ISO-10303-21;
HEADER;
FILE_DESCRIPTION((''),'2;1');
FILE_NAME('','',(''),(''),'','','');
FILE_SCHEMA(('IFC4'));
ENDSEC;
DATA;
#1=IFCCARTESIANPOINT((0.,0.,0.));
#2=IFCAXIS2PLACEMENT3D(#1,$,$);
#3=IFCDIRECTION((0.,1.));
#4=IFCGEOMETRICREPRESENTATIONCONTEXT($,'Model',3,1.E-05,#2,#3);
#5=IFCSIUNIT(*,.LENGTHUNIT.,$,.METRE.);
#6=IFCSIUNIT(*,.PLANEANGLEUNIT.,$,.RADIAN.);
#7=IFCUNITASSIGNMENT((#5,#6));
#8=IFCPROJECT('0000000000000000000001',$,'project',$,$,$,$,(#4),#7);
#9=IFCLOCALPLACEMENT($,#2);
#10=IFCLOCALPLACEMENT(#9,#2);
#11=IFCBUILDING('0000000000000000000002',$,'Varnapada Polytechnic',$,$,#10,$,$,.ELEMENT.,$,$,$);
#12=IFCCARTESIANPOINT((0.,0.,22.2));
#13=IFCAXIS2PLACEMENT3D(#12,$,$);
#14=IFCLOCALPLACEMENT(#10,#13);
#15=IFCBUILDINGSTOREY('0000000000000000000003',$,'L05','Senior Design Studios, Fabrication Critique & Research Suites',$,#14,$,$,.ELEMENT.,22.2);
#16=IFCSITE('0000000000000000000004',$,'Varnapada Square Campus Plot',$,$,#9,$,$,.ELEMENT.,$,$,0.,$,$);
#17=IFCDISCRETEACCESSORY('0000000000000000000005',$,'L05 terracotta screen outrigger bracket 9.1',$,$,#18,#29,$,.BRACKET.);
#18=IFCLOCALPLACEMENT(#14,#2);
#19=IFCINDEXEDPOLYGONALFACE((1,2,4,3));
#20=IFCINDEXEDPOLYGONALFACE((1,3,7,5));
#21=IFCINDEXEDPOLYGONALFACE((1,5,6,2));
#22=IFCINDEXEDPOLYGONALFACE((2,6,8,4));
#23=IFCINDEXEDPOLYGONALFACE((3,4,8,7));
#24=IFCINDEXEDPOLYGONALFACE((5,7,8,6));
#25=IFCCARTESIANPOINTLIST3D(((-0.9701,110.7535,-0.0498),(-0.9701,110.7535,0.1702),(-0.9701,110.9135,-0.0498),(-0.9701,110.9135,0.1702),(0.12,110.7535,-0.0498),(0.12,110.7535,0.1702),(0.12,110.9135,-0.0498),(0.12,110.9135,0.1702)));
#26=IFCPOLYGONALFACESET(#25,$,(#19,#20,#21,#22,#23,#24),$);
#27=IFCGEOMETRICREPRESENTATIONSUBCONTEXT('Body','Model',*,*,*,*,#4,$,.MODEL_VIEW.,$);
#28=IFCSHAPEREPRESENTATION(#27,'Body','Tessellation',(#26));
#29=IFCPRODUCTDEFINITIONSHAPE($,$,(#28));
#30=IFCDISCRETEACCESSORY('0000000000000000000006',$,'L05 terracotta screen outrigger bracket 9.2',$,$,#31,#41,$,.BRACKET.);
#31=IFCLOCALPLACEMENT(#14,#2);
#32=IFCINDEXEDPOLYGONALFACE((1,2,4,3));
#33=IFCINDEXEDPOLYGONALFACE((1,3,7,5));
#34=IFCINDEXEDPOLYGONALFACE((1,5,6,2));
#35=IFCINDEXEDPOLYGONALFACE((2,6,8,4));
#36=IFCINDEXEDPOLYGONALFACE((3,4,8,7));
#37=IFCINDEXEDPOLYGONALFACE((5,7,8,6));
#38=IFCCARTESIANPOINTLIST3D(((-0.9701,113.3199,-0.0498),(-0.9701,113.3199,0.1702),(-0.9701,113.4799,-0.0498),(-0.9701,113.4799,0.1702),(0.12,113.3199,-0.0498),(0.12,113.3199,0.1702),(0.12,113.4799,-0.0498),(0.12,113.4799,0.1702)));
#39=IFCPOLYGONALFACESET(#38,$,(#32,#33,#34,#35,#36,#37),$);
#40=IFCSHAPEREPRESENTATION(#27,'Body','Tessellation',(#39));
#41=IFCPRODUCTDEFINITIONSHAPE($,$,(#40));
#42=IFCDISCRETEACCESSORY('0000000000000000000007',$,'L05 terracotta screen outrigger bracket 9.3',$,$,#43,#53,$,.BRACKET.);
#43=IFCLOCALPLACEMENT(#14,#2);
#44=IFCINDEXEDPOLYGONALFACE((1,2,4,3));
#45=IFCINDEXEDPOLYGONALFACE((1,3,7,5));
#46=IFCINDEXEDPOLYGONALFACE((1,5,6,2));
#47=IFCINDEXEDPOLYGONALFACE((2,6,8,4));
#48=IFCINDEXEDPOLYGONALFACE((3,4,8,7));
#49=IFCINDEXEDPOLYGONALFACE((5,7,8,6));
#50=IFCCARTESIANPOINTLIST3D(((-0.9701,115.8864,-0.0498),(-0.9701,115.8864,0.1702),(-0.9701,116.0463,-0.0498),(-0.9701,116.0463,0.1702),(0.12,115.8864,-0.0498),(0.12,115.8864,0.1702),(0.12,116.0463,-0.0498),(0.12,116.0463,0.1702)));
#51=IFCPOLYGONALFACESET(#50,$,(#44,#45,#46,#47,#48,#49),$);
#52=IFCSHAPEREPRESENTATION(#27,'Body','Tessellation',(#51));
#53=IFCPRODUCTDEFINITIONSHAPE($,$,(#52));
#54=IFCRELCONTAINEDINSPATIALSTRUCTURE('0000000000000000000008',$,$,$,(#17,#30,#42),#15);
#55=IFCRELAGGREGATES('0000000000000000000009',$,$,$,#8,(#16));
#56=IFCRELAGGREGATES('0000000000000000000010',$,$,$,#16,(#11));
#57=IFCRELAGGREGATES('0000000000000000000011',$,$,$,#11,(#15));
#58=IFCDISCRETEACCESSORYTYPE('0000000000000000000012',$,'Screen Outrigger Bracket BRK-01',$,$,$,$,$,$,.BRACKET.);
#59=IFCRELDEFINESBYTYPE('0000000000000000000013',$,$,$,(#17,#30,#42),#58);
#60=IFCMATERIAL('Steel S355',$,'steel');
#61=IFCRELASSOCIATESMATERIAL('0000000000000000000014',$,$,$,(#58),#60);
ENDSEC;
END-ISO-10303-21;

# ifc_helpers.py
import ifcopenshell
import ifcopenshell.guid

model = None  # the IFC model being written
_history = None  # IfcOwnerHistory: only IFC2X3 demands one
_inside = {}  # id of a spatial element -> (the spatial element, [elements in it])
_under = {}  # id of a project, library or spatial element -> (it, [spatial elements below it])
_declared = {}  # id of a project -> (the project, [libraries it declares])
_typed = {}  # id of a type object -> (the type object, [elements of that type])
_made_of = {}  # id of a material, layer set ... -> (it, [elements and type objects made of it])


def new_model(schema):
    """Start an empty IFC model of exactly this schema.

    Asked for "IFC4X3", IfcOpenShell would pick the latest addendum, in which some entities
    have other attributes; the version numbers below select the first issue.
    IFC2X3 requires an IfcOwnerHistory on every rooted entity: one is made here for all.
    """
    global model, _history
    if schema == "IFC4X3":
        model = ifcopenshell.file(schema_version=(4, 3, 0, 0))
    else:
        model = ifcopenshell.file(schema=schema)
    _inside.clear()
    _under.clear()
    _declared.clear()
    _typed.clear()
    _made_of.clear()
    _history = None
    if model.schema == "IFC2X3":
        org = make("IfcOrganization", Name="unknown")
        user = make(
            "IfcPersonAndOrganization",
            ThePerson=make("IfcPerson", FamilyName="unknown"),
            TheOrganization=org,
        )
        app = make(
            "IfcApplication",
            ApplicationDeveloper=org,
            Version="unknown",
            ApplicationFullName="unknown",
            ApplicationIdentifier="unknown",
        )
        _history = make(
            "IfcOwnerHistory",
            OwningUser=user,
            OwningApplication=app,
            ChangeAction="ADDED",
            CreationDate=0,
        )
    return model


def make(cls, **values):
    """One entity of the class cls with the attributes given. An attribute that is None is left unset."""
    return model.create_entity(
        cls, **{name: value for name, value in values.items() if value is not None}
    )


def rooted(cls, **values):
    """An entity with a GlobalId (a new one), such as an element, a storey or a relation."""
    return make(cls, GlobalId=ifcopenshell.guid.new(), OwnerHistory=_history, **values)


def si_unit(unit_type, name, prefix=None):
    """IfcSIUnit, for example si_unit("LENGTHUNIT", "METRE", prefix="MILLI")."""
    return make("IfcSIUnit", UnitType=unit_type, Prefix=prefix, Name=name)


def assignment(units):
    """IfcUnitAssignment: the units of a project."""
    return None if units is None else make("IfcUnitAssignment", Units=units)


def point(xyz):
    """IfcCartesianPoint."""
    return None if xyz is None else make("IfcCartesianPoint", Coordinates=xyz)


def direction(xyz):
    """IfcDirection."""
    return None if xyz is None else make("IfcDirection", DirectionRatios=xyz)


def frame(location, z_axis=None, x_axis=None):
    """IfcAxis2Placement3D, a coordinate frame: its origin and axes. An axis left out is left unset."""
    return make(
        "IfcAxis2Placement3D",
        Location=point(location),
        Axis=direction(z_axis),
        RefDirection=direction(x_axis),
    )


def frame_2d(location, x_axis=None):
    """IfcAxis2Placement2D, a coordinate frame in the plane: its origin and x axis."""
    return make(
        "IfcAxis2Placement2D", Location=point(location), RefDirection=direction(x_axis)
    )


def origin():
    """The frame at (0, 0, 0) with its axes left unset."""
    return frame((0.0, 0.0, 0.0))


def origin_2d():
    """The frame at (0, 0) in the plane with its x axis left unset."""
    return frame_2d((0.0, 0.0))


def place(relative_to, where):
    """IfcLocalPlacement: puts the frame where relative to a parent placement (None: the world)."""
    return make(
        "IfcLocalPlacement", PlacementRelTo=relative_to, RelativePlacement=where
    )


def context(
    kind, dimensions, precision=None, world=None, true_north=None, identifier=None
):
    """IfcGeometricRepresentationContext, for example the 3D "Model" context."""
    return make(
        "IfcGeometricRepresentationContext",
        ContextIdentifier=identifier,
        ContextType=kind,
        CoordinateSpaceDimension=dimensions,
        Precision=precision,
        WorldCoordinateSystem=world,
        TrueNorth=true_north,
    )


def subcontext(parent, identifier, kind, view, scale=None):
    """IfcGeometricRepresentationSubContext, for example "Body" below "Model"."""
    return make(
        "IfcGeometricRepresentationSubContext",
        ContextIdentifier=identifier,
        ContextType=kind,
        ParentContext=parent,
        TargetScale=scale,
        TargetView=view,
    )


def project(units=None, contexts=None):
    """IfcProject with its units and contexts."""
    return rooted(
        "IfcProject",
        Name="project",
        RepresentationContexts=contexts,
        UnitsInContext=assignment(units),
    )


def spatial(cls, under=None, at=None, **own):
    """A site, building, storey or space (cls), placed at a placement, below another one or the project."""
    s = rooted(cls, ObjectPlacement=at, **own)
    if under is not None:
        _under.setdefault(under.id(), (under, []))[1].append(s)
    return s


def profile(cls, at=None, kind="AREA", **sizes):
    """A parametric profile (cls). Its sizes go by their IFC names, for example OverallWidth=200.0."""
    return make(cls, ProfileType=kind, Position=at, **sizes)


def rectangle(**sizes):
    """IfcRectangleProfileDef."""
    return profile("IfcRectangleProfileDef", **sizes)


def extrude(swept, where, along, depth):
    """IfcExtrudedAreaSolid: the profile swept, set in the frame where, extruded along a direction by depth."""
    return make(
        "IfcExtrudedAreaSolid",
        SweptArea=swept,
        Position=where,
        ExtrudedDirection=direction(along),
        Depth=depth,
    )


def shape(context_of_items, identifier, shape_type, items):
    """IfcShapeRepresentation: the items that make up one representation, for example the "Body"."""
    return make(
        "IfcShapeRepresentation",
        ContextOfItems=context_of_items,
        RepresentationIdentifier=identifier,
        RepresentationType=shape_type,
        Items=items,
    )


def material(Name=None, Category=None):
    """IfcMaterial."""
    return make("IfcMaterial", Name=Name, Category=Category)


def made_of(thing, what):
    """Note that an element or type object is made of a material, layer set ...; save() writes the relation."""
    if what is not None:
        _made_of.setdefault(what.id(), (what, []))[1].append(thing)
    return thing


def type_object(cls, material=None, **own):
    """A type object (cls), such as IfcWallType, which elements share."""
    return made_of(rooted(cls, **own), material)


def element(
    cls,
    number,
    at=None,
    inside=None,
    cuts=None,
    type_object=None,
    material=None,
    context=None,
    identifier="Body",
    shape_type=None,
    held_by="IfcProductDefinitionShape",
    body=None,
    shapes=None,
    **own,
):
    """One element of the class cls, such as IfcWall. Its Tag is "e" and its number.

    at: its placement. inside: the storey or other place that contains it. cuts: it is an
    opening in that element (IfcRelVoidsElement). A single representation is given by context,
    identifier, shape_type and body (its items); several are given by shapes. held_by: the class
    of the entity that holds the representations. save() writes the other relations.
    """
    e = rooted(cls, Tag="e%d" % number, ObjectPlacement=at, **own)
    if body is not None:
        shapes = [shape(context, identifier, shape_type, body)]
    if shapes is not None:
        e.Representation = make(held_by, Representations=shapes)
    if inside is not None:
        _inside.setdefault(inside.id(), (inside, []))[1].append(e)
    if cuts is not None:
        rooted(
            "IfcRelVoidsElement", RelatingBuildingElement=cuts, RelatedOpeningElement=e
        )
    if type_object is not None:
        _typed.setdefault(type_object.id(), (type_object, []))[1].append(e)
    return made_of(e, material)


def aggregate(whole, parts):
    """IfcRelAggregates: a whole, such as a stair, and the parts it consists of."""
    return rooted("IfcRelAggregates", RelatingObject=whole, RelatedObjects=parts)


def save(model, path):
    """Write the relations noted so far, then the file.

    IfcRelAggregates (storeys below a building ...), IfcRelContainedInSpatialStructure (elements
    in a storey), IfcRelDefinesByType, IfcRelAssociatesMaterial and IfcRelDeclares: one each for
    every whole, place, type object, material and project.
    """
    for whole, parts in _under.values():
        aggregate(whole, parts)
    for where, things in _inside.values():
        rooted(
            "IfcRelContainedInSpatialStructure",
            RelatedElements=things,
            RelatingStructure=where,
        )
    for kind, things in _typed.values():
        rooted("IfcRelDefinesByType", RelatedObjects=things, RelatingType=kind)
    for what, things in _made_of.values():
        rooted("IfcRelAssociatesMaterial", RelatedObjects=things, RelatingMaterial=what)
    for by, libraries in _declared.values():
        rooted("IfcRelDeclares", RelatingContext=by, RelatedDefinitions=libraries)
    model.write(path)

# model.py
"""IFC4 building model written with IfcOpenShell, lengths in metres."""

from ifc_helpers import new_model, si_unit, direction, frame, origin, origin_2d, place, context, subcontext, project, spatial, rectangle, extrude, material, type_object, element, save


model = new_model("IFC4")

# Units and contexts
model_context = context("Model", 3, precision=1e-05, world=origin(), true_north=direction((0.0, 1.0)))
body_context = subcontext(model_context, "Body", "Model", "MODEL_VIEW")
ifc_project = project(units=[si_unit("LENGTHUNIT", "METRE"), si_unit("PLANEANGLEUNIT", "RADIAN")], contexts=[model_context])

# Site, building, storey
site_placement = place(None, origin())
site = spatial("IfcSite", under=ifc_project, at=site_placement, Name="Varnapada Square Campus Plot", CompositionType="ELEMENT", RefElevation=0.0)
building_placement = place(site_placement, origin())
building = spatial("IfcBuilding", under=site, at=building_placement, Name="Varnapada Polytechnic", CompositionType="ELEMENT")
storey_placement = place(building_placement, frame((0.0, 0.0, 22.2)))
storey = spatial("IfcBuildingStorey", under=building, at=storey_placement, Name="L05", Description="Senior Design Studios, Fabrication Critique & Research Suites", CompositionType="ELEMENT", Elevation=22.2)

# Discrete accessories
ifc_material_1 = material(Name="Steel S355", Category="steel")
discrete_accessory_type = type_object("IfcDiscreteAccessoryType", Name="Screen Outrigger Bracket BRK-01", PredefinedType="BRACKET", material=ifc_material_1)
for number, where, z_axis, x_axis, name in (
    (1, (-0.425, 110.8335, -0.0498), (0.0, 0.0, 1.0), (0.0, 1.0, 0.0), "L05 terracotta screen outrigger bracket 9.1"),
    (2, (-0.425, 113.3999, -0.0498), (0.0, 0.0, 1.0), (0.0, 1.0, 0.0), "L05 terracotta screen outrigger bracket 9.2"),
    (3, (-0.425, 115.9663, -0.0498), (0.0, 0.0, 1.0), (0.0, 1.0, 0.0), "L05 terracotta screen outrigger bracket 9.3"),
):
    element("IfcDiscreteAccessory", number, at=place(storey_placement, frame(where, z_axis=z_axis, x_axis=x_axis)), inside=storey, type_object=discrete_accessory_type, Name=name, PredefinedType="BRACKET", context=body_context, shape_type="SweptSolid", body=[
        extrude(rectangle(XDim=0.1599, YDim=1.0901, at=origin_2d()), origin(), (0.0, 0.0, 1.0), 0.22),
    ])

save(model, "model.ifc")
